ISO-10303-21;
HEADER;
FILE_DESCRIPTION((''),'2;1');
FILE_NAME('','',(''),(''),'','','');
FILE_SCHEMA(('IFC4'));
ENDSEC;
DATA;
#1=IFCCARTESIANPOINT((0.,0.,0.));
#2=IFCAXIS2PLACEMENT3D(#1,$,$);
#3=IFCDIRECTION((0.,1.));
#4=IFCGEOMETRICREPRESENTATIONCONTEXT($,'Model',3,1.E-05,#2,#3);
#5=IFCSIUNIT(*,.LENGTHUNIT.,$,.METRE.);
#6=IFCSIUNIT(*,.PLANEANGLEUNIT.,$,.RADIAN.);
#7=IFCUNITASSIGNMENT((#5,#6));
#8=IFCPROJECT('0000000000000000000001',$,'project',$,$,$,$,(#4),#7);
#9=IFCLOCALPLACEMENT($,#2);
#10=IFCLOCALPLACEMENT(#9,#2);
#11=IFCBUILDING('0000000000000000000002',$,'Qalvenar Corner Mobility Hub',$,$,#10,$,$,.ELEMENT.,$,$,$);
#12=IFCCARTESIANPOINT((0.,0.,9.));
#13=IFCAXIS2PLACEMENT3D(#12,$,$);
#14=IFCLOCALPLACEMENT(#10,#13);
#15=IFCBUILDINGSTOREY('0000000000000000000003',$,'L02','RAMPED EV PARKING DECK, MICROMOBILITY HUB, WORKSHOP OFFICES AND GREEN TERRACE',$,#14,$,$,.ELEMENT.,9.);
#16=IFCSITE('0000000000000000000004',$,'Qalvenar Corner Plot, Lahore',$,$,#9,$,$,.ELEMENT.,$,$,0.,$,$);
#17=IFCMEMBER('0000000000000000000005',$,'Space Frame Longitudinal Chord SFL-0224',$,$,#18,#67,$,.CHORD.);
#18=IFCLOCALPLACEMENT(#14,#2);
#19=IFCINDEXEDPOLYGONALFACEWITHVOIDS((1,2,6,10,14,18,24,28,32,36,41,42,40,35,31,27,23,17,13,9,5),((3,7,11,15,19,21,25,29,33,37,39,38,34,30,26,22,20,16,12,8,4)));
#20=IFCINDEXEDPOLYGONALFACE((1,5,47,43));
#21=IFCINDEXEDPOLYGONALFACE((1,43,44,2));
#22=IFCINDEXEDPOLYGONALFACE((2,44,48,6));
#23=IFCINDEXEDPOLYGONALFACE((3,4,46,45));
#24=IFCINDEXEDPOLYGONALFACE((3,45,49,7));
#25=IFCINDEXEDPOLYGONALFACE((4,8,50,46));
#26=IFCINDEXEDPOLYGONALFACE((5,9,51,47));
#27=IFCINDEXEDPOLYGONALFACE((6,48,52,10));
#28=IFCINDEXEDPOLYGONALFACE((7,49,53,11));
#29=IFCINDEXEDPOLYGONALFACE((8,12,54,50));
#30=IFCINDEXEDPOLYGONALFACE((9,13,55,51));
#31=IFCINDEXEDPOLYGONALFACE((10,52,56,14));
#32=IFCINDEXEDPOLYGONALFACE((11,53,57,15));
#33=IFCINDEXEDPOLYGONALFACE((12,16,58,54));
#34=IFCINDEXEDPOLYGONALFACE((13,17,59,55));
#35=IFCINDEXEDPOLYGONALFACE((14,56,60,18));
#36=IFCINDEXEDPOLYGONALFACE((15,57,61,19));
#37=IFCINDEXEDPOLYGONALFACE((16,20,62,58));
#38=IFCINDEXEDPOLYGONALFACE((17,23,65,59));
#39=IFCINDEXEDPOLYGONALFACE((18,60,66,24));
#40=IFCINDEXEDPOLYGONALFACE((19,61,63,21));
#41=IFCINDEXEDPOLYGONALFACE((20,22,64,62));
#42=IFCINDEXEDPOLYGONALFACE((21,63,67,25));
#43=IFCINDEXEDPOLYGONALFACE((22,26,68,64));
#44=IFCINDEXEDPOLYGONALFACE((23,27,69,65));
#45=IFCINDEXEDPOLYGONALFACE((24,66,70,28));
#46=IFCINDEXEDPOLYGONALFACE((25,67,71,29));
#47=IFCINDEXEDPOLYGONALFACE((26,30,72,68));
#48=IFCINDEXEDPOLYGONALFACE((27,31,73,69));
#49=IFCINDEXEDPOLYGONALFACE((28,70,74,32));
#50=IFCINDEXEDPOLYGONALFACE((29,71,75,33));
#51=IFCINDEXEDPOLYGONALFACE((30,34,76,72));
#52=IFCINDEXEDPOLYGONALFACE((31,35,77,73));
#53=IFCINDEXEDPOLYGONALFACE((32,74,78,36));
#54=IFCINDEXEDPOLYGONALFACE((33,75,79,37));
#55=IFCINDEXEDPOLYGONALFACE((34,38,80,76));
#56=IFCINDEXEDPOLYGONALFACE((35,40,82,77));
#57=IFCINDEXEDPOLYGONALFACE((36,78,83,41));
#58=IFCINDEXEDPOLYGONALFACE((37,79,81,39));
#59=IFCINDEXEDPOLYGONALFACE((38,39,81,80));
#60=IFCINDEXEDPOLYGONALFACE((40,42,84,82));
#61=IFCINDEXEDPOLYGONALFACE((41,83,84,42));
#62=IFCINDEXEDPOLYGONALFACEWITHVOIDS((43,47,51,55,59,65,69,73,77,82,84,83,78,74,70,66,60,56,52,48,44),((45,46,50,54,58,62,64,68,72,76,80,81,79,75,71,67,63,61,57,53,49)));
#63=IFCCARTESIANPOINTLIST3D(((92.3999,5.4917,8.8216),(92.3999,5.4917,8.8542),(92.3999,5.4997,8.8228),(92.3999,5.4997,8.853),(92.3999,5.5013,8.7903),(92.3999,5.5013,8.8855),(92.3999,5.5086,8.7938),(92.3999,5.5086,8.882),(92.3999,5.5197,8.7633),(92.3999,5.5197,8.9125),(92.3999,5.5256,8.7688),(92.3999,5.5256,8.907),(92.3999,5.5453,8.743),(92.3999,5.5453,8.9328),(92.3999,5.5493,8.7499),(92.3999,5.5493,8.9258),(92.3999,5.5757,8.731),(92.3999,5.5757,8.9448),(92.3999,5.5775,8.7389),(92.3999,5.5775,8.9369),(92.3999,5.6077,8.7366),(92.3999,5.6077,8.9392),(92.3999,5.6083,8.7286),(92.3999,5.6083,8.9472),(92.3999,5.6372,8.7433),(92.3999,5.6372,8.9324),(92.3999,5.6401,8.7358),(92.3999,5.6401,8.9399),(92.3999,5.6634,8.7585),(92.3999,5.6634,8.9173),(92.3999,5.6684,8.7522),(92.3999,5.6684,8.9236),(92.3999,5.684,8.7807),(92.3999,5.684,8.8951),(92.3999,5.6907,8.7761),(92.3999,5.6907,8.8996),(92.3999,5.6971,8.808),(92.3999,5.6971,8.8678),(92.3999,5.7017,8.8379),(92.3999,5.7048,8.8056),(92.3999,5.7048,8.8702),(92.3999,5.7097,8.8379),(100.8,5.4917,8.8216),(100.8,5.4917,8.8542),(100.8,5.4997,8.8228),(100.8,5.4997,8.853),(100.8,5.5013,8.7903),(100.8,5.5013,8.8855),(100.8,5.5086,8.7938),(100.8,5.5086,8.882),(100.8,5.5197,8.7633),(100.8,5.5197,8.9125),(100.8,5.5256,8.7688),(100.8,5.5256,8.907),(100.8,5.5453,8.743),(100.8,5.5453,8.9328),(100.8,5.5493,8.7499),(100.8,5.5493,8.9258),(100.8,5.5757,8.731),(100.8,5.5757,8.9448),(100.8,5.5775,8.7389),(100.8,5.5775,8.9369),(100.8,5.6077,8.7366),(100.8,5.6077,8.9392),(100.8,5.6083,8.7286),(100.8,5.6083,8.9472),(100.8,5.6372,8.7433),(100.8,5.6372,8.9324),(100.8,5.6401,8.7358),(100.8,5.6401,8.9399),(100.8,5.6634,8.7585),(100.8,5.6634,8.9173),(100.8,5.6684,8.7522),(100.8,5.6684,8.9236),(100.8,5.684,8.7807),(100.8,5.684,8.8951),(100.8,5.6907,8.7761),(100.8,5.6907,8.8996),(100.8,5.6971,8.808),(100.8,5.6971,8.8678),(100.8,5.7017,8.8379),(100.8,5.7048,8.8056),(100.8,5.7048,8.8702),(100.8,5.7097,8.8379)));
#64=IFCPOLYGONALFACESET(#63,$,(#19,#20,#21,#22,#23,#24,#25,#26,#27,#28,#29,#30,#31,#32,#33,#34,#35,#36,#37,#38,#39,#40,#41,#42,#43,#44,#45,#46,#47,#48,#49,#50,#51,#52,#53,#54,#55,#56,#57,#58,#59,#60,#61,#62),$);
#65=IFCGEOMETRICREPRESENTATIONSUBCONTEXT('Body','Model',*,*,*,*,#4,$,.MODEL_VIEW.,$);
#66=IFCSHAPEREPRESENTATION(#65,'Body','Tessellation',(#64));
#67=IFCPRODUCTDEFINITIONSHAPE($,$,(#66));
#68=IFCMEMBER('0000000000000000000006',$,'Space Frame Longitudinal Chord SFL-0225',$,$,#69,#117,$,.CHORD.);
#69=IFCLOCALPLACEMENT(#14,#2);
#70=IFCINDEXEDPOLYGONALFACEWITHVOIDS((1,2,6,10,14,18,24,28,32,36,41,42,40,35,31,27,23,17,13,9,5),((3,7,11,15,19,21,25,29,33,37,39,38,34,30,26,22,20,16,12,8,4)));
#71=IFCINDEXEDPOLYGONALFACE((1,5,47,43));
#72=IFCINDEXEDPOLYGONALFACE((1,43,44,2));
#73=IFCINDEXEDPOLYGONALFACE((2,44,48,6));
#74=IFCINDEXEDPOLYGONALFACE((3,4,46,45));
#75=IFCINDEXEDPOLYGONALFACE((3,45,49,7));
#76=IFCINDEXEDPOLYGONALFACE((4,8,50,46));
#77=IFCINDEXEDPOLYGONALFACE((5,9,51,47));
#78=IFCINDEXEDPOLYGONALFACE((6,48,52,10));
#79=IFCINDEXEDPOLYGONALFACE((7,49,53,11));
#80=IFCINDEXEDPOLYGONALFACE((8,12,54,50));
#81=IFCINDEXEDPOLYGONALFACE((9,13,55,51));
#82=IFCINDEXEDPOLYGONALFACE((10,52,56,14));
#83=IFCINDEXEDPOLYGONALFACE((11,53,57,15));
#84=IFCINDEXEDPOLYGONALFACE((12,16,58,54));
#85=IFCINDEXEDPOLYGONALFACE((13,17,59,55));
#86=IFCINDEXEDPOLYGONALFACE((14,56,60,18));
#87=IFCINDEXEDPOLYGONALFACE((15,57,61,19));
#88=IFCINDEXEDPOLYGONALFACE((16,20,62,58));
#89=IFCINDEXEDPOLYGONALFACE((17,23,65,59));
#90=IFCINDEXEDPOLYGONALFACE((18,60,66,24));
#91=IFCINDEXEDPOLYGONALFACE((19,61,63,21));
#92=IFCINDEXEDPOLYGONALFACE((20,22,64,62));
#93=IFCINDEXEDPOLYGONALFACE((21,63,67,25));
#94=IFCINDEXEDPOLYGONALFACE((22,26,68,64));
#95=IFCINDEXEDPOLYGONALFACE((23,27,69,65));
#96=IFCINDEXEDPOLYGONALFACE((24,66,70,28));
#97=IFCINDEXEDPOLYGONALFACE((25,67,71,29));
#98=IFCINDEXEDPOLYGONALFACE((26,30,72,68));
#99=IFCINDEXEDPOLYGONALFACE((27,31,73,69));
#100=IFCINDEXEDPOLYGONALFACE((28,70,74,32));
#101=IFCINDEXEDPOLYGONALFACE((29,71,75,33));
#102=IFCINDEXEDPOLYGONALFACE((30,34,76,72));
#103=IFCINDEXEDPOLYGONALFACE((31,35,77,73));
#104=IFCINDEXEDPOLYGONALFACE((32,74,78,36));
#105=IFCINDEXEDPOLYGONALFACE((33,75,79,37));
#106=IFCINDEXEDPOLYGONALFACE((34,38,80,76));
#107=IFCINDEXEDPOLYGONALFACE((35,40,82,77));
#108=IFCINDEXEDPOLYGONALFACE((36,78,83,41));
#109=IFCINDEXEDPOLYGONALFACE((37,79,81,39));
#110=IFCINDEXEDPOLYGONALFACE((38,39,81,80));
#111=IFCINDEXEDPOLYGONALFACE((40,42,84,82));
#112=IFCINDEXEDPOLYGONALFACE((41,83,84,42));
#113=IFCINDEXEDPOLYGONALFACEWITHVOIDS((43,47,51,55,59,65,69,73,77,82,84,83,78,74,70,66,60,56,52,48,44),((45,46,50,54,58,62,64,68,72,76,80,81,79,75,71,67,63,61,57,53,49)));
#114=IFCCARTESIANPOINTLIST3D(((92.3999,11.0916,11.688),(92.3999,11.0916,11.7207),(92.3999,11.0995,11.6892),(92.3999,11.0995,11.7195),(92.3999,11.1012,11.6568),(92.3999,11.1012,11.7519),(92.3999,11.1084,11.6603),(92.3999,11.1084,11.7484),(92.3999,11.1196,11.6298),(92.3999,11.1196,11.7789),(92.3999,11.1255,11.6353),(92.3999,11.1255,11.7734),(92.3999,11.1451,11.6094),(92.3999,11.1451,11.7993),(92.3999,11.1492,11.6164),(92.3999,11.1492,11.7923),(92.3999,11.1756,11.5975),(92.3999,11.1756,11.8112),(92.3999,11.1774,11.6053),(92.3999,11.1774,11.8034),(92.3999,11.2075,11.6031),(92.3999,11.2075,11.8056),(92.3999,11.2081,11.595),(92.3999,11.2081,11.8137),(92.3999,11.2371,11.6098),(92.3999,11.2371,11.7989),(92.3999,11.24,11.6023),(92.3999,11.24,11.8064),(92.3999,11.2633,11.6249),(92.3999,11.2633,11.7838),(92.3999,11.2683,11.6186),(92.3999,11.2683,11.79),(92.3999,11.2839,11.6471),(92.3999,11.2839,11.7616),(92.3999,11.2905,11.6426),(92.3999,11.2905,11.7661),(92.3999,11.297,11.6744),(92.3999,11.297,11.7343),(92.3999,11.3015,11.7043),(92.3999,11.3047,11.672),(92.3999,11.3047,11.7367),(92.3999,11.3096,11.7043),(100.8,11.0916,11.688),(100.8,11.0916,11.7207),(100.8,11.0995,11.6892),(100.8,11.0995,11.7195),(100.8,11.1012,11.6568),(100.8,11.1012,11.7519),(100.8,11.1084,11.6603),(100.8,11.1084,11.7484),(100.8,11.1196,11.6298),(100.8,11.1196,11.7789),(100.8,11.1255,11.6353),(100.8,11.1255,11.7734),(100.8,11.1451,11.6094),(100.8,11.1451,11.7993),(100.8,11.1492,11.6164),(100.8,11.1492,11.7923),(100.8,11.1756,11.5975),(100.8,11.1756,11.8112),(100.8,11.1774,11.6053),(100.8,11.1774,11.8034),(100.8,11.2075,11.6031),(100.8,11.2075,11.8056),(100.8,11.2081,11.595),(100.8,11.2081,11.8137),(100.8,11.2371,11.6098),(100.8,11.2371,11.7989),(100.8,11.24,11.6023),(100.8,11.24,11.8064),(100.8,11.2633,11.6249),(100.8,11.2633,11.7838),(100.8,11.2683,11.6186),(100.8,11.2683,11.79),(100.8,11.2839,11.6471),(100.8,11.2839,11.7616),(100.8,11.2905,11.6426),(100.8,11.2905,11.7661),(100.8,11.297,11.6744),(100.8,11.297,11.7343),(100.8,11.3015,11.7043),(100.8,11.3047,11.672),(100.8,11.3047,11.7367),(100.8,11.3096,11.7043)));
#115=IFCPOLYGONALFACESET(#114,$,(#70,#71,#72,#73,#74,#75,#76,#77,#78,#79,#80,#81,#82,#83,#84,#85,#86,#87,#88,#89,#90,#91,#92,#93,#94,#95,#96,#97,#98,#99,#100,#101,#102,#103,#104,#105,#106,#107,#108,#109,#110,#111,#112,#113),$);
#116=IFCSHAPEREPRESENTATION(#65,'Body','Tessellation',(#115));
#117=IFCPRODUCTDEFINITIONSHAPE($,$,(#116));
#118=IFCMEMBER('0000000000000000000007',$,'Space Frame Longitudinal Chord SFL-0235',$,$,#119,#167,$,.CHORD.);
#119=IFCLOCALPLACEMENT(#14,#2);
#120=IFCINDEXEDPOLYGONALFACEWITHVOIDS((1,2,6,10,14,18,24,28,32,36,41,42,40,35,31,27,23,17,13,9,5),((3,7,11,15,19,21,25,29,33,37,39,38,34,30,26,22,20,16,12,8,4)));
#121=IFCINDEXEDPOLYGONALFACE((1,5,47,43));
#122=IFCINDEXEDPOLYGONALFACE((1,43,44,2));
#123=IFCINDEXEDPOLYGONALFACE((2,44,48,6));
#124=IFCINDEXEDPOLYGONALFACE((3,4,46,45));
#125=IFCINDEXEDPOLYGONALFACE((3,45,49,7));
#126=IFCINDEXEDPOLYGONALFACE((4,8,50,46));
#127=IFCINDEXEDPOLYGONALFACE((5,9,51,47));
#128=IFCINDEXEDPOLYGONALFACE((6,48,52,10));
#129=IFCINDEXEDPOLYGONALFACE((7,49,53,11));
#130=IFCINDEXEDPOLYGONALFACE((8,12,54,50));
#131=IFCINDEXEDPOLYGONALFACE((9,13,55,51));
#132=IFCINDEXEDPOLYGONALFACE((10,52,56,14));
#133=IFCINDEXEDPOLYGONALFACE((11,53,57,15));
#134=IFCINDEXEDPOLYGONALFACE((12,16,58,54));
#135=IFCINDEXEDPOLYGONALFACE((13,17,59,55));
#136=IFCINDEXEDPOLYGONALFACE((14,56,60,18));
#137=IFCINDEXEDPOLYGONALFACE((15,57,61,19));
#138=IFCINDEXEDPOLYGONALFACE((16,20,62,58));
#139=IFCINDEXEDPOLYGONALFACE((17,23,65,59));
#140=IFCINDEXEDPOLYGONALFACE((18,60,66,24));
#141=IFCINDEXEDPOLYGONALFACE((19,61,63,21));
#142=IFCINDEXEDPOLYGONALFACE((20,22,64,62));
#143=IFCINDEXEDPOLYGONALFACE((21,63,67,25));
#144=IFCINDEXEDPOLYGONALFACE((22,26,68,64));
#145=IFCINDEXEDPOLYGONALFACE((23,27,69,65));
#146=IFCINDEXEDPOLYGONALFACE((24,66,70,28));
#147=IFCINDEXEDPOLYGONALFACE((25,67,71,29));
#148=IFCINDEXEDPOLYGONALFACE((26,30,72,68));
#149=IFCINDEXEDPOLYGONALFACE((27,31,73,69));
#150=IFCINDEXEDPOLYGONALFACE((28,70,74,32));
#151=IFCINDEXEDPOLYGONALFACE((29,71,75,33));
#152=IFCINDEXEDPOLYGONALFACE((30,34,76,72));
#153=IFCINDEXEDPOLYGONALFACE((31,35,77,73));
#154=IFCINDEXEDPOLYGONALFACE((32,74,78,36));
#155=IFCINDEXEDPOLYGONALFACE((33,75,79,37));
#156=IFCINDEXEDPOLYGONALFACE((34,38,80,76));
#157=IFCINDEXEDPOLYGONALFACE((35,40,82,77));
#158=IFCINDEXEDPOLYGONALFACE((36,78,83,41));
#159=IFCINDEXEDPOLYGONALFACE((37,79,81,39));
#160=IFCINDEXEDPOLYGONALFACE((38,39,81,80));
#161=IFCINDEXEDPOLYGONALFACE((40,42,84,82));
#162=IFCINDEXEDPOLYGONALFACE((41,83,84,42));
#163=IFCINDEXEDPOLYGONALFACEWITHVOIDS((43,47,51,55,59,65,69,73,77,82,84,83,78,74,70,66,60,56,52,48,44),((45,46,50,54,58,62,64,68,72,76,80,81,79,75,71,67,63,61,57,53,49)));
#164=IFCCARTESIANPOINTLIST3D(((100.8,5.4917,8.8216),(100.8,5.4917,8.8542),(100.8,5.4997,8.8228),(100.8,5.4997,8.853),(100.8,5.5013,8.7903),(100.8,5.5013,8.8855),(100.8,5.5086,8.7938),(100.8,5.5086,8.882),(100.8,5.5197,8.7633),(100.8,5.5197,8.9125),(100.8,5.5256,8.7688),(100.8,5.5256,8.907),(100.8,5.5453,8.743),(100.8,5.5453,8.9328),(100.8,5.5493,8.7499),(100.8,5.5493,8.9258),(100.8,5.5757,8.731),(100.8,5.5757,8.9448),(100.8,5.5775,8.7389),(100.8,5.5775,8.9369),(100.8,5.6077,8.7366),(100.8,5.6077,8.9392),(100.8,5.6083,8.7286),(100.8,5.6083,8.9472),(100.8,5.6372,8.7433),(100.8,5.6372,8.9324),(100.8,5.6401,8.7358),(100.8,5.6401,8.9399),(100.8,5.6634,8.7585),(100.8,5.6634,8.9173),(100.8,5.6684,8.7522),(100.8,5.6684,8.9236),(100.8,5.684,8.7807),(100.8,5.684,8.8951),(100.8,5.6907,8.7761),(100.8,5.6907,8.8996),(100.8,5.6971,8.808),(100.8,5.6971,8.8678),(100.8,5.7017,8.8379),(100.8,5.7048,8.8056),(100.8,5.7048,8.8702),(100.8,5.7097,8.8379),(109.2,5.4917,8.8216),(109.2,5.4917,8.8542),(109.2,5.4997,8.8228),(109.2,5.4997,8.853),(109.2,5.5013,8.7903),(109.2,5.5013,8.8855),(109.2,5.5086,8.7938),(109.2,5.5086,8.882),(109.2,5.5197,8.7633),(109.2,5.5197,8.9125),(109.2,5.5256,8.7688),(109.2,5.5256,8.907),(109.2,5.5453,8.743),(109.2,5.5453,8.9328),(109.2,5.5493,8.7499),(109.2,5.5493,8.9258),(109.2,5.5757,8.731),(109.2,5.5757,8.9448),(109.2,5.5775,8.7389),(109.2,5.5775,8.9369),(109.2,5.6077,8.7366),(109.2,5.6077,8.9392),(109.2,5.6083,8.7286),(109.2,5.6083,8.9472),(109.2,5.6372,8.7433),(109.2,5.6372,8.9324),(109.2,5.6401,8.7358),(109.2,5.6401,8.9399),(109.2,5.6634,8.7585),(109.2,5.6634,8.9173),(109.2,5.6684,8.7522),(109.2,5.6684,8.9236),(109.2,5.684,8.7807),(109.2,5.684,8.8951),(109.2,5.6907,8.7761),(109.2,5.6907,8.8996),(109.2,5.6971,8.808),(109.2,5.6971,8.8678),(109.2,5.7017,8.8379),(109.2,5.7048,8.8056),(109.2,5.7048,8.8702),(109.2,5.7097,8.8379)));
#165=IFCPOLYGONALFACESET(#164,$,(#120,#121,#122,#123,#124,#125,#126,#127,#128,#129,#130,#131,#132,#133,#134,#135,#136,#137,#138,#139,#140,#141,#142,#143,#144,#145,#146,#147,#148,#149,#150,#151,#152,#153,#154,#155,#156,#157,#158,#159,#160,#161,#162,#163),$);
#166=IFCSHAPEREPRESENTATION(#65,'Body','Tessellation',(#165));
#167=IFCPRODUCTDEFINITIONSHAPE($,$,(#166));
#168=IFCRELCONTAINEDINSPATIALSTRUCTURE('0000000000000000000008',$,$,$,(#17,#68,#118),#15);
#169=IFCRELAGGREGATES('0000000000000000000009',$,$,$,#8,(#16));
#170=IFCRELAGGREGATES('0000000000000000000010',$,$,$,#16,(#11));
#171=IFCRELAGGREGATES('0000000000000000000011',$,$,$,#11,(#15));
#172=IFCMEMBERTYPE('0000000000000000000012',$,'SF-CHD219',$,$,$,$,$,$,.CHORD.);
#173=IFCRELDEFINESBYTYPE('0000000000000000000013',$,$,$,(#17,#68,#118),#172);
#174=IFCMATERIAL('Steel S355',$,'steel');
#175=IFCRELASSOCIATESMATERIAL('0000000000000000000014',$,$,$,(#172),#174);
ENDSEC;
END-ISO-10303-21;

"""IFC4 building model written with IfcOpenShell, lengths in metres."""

from ifc_helpers import new_model, si_unit, direction, frame, origin, origin_2d, place, context, subcontext, project, spatial, hollow_circle, extrude, material, material_profile, profile_set, type_object, element, save


model = new_model("IFC4")

# Units and contexts
model_context = context("Model", 3, precision=1e-05, world=origin(), true_north=direction((0.0, 1.0)))
body_context = subcontext(model_context, "Body", "Model", "MODEL_VIEW")
ifc_project = project(units=[si_unit("LENGTHUNIT", "METRE"), si_unit("PLANEANGLEUNIT", "RADIAN")], contexts=[model_context])

# Site, building, storey
site_placement = place(None, origin())
site = spatial("IfcSite", under=ifc_project, at=site_placement, Name="Qalvenar Corner Plot, Lahore", CompositionType="ELEMENT", RefElevation=0.0)
building_placement = place(site_placement, origin())
building = spatial("IfcBuilding", under=site, at=building_placement, Name="Qalvenar Corner Mobility Hub", CompositionType="ELEMENT")
storey_placement = place(building_placement, frame((0.0, 0.0, 9.0)))
storey = spatial("IfcBuildingStorey", under=building, at=storey_placement, Name="L02", Description="RAMPED EV PARKING DECK, MICROMOBILITY HUB, WORKSHOP OFFICES AND GREEN TERRACE", CompositionType="ELEMENT", Elevation=9.0)

# Members
ifc_material_1 = material(Name="Steel S355", Category="steel")
ifc_material_profile_1 = material_profile(ifc_material_1, hollow_circle(Radius=0.1096, WallThickness=0.0081, at=origin_2d()), Name="CHS219.1x8")
ifc_profile_set_1 = profile_set([ifc_material_profile_1], Name="Steel S355")
member_type_1 = type_object("IfcMemberType", Name="SF-CHD219", PredefinedType="CHORD", material=ifc_profile_set_1)
for number, where, z_axis, x_axis, name in (
    (1, (92.3999, 5.6001, 8.8379), (1.0, 0.0, 0.0), (0.0, 1.0, 0.0), "Space Frame Longitudinal Chord SFL-0224"),
    (2, (92.3999, 11.2, 11.7043), (1.0, 0.0, 0.0), (0.0, 1.0, 0.0), "Space Frame Longitudinal Chord SFL-0225"),
):
    element("IfcMember", number, at=place(storey_placement, frame(where, z_axis=z_axis, x_axis=x_axis)), inside=storey, type_object=member_type_1, Name=name, PredefinedType="CHORD", context=body_context, shape_type="SweptSolid", body=[
        extrude(hollow_circle(Radius=0.1096, WallThickness=0.0081, at=origin_2d()), origin(), (0.0, 0.0, 1.0), 8.4001),
    ])
for number, where, z_axis, x_axis, name in (
    (3, (100.8, 5.6001, 8.8379), (1.0, 0.0, 0.0), (0.0, 1.0, 0.0), "Space Frame Longitudinal Chord SFL-0235"),
):
    element("IfcMember", number, at=place(storey_placement, frame(where, z_axis=z_axis, x_axis=x_axis)), inside=storey, type_object=member_type_1, Name=name, PredefinedType="CHORD", context=body_context, shape_type="SweptSolid", body=[
        extrude(hollow_circle(Radius=0.1096, WallThickness=0.0081, at=origin_2d()), origin(), (0.0, 0.0, 1.0), 8.3999),
    ])

save(model, "model.ifc")
